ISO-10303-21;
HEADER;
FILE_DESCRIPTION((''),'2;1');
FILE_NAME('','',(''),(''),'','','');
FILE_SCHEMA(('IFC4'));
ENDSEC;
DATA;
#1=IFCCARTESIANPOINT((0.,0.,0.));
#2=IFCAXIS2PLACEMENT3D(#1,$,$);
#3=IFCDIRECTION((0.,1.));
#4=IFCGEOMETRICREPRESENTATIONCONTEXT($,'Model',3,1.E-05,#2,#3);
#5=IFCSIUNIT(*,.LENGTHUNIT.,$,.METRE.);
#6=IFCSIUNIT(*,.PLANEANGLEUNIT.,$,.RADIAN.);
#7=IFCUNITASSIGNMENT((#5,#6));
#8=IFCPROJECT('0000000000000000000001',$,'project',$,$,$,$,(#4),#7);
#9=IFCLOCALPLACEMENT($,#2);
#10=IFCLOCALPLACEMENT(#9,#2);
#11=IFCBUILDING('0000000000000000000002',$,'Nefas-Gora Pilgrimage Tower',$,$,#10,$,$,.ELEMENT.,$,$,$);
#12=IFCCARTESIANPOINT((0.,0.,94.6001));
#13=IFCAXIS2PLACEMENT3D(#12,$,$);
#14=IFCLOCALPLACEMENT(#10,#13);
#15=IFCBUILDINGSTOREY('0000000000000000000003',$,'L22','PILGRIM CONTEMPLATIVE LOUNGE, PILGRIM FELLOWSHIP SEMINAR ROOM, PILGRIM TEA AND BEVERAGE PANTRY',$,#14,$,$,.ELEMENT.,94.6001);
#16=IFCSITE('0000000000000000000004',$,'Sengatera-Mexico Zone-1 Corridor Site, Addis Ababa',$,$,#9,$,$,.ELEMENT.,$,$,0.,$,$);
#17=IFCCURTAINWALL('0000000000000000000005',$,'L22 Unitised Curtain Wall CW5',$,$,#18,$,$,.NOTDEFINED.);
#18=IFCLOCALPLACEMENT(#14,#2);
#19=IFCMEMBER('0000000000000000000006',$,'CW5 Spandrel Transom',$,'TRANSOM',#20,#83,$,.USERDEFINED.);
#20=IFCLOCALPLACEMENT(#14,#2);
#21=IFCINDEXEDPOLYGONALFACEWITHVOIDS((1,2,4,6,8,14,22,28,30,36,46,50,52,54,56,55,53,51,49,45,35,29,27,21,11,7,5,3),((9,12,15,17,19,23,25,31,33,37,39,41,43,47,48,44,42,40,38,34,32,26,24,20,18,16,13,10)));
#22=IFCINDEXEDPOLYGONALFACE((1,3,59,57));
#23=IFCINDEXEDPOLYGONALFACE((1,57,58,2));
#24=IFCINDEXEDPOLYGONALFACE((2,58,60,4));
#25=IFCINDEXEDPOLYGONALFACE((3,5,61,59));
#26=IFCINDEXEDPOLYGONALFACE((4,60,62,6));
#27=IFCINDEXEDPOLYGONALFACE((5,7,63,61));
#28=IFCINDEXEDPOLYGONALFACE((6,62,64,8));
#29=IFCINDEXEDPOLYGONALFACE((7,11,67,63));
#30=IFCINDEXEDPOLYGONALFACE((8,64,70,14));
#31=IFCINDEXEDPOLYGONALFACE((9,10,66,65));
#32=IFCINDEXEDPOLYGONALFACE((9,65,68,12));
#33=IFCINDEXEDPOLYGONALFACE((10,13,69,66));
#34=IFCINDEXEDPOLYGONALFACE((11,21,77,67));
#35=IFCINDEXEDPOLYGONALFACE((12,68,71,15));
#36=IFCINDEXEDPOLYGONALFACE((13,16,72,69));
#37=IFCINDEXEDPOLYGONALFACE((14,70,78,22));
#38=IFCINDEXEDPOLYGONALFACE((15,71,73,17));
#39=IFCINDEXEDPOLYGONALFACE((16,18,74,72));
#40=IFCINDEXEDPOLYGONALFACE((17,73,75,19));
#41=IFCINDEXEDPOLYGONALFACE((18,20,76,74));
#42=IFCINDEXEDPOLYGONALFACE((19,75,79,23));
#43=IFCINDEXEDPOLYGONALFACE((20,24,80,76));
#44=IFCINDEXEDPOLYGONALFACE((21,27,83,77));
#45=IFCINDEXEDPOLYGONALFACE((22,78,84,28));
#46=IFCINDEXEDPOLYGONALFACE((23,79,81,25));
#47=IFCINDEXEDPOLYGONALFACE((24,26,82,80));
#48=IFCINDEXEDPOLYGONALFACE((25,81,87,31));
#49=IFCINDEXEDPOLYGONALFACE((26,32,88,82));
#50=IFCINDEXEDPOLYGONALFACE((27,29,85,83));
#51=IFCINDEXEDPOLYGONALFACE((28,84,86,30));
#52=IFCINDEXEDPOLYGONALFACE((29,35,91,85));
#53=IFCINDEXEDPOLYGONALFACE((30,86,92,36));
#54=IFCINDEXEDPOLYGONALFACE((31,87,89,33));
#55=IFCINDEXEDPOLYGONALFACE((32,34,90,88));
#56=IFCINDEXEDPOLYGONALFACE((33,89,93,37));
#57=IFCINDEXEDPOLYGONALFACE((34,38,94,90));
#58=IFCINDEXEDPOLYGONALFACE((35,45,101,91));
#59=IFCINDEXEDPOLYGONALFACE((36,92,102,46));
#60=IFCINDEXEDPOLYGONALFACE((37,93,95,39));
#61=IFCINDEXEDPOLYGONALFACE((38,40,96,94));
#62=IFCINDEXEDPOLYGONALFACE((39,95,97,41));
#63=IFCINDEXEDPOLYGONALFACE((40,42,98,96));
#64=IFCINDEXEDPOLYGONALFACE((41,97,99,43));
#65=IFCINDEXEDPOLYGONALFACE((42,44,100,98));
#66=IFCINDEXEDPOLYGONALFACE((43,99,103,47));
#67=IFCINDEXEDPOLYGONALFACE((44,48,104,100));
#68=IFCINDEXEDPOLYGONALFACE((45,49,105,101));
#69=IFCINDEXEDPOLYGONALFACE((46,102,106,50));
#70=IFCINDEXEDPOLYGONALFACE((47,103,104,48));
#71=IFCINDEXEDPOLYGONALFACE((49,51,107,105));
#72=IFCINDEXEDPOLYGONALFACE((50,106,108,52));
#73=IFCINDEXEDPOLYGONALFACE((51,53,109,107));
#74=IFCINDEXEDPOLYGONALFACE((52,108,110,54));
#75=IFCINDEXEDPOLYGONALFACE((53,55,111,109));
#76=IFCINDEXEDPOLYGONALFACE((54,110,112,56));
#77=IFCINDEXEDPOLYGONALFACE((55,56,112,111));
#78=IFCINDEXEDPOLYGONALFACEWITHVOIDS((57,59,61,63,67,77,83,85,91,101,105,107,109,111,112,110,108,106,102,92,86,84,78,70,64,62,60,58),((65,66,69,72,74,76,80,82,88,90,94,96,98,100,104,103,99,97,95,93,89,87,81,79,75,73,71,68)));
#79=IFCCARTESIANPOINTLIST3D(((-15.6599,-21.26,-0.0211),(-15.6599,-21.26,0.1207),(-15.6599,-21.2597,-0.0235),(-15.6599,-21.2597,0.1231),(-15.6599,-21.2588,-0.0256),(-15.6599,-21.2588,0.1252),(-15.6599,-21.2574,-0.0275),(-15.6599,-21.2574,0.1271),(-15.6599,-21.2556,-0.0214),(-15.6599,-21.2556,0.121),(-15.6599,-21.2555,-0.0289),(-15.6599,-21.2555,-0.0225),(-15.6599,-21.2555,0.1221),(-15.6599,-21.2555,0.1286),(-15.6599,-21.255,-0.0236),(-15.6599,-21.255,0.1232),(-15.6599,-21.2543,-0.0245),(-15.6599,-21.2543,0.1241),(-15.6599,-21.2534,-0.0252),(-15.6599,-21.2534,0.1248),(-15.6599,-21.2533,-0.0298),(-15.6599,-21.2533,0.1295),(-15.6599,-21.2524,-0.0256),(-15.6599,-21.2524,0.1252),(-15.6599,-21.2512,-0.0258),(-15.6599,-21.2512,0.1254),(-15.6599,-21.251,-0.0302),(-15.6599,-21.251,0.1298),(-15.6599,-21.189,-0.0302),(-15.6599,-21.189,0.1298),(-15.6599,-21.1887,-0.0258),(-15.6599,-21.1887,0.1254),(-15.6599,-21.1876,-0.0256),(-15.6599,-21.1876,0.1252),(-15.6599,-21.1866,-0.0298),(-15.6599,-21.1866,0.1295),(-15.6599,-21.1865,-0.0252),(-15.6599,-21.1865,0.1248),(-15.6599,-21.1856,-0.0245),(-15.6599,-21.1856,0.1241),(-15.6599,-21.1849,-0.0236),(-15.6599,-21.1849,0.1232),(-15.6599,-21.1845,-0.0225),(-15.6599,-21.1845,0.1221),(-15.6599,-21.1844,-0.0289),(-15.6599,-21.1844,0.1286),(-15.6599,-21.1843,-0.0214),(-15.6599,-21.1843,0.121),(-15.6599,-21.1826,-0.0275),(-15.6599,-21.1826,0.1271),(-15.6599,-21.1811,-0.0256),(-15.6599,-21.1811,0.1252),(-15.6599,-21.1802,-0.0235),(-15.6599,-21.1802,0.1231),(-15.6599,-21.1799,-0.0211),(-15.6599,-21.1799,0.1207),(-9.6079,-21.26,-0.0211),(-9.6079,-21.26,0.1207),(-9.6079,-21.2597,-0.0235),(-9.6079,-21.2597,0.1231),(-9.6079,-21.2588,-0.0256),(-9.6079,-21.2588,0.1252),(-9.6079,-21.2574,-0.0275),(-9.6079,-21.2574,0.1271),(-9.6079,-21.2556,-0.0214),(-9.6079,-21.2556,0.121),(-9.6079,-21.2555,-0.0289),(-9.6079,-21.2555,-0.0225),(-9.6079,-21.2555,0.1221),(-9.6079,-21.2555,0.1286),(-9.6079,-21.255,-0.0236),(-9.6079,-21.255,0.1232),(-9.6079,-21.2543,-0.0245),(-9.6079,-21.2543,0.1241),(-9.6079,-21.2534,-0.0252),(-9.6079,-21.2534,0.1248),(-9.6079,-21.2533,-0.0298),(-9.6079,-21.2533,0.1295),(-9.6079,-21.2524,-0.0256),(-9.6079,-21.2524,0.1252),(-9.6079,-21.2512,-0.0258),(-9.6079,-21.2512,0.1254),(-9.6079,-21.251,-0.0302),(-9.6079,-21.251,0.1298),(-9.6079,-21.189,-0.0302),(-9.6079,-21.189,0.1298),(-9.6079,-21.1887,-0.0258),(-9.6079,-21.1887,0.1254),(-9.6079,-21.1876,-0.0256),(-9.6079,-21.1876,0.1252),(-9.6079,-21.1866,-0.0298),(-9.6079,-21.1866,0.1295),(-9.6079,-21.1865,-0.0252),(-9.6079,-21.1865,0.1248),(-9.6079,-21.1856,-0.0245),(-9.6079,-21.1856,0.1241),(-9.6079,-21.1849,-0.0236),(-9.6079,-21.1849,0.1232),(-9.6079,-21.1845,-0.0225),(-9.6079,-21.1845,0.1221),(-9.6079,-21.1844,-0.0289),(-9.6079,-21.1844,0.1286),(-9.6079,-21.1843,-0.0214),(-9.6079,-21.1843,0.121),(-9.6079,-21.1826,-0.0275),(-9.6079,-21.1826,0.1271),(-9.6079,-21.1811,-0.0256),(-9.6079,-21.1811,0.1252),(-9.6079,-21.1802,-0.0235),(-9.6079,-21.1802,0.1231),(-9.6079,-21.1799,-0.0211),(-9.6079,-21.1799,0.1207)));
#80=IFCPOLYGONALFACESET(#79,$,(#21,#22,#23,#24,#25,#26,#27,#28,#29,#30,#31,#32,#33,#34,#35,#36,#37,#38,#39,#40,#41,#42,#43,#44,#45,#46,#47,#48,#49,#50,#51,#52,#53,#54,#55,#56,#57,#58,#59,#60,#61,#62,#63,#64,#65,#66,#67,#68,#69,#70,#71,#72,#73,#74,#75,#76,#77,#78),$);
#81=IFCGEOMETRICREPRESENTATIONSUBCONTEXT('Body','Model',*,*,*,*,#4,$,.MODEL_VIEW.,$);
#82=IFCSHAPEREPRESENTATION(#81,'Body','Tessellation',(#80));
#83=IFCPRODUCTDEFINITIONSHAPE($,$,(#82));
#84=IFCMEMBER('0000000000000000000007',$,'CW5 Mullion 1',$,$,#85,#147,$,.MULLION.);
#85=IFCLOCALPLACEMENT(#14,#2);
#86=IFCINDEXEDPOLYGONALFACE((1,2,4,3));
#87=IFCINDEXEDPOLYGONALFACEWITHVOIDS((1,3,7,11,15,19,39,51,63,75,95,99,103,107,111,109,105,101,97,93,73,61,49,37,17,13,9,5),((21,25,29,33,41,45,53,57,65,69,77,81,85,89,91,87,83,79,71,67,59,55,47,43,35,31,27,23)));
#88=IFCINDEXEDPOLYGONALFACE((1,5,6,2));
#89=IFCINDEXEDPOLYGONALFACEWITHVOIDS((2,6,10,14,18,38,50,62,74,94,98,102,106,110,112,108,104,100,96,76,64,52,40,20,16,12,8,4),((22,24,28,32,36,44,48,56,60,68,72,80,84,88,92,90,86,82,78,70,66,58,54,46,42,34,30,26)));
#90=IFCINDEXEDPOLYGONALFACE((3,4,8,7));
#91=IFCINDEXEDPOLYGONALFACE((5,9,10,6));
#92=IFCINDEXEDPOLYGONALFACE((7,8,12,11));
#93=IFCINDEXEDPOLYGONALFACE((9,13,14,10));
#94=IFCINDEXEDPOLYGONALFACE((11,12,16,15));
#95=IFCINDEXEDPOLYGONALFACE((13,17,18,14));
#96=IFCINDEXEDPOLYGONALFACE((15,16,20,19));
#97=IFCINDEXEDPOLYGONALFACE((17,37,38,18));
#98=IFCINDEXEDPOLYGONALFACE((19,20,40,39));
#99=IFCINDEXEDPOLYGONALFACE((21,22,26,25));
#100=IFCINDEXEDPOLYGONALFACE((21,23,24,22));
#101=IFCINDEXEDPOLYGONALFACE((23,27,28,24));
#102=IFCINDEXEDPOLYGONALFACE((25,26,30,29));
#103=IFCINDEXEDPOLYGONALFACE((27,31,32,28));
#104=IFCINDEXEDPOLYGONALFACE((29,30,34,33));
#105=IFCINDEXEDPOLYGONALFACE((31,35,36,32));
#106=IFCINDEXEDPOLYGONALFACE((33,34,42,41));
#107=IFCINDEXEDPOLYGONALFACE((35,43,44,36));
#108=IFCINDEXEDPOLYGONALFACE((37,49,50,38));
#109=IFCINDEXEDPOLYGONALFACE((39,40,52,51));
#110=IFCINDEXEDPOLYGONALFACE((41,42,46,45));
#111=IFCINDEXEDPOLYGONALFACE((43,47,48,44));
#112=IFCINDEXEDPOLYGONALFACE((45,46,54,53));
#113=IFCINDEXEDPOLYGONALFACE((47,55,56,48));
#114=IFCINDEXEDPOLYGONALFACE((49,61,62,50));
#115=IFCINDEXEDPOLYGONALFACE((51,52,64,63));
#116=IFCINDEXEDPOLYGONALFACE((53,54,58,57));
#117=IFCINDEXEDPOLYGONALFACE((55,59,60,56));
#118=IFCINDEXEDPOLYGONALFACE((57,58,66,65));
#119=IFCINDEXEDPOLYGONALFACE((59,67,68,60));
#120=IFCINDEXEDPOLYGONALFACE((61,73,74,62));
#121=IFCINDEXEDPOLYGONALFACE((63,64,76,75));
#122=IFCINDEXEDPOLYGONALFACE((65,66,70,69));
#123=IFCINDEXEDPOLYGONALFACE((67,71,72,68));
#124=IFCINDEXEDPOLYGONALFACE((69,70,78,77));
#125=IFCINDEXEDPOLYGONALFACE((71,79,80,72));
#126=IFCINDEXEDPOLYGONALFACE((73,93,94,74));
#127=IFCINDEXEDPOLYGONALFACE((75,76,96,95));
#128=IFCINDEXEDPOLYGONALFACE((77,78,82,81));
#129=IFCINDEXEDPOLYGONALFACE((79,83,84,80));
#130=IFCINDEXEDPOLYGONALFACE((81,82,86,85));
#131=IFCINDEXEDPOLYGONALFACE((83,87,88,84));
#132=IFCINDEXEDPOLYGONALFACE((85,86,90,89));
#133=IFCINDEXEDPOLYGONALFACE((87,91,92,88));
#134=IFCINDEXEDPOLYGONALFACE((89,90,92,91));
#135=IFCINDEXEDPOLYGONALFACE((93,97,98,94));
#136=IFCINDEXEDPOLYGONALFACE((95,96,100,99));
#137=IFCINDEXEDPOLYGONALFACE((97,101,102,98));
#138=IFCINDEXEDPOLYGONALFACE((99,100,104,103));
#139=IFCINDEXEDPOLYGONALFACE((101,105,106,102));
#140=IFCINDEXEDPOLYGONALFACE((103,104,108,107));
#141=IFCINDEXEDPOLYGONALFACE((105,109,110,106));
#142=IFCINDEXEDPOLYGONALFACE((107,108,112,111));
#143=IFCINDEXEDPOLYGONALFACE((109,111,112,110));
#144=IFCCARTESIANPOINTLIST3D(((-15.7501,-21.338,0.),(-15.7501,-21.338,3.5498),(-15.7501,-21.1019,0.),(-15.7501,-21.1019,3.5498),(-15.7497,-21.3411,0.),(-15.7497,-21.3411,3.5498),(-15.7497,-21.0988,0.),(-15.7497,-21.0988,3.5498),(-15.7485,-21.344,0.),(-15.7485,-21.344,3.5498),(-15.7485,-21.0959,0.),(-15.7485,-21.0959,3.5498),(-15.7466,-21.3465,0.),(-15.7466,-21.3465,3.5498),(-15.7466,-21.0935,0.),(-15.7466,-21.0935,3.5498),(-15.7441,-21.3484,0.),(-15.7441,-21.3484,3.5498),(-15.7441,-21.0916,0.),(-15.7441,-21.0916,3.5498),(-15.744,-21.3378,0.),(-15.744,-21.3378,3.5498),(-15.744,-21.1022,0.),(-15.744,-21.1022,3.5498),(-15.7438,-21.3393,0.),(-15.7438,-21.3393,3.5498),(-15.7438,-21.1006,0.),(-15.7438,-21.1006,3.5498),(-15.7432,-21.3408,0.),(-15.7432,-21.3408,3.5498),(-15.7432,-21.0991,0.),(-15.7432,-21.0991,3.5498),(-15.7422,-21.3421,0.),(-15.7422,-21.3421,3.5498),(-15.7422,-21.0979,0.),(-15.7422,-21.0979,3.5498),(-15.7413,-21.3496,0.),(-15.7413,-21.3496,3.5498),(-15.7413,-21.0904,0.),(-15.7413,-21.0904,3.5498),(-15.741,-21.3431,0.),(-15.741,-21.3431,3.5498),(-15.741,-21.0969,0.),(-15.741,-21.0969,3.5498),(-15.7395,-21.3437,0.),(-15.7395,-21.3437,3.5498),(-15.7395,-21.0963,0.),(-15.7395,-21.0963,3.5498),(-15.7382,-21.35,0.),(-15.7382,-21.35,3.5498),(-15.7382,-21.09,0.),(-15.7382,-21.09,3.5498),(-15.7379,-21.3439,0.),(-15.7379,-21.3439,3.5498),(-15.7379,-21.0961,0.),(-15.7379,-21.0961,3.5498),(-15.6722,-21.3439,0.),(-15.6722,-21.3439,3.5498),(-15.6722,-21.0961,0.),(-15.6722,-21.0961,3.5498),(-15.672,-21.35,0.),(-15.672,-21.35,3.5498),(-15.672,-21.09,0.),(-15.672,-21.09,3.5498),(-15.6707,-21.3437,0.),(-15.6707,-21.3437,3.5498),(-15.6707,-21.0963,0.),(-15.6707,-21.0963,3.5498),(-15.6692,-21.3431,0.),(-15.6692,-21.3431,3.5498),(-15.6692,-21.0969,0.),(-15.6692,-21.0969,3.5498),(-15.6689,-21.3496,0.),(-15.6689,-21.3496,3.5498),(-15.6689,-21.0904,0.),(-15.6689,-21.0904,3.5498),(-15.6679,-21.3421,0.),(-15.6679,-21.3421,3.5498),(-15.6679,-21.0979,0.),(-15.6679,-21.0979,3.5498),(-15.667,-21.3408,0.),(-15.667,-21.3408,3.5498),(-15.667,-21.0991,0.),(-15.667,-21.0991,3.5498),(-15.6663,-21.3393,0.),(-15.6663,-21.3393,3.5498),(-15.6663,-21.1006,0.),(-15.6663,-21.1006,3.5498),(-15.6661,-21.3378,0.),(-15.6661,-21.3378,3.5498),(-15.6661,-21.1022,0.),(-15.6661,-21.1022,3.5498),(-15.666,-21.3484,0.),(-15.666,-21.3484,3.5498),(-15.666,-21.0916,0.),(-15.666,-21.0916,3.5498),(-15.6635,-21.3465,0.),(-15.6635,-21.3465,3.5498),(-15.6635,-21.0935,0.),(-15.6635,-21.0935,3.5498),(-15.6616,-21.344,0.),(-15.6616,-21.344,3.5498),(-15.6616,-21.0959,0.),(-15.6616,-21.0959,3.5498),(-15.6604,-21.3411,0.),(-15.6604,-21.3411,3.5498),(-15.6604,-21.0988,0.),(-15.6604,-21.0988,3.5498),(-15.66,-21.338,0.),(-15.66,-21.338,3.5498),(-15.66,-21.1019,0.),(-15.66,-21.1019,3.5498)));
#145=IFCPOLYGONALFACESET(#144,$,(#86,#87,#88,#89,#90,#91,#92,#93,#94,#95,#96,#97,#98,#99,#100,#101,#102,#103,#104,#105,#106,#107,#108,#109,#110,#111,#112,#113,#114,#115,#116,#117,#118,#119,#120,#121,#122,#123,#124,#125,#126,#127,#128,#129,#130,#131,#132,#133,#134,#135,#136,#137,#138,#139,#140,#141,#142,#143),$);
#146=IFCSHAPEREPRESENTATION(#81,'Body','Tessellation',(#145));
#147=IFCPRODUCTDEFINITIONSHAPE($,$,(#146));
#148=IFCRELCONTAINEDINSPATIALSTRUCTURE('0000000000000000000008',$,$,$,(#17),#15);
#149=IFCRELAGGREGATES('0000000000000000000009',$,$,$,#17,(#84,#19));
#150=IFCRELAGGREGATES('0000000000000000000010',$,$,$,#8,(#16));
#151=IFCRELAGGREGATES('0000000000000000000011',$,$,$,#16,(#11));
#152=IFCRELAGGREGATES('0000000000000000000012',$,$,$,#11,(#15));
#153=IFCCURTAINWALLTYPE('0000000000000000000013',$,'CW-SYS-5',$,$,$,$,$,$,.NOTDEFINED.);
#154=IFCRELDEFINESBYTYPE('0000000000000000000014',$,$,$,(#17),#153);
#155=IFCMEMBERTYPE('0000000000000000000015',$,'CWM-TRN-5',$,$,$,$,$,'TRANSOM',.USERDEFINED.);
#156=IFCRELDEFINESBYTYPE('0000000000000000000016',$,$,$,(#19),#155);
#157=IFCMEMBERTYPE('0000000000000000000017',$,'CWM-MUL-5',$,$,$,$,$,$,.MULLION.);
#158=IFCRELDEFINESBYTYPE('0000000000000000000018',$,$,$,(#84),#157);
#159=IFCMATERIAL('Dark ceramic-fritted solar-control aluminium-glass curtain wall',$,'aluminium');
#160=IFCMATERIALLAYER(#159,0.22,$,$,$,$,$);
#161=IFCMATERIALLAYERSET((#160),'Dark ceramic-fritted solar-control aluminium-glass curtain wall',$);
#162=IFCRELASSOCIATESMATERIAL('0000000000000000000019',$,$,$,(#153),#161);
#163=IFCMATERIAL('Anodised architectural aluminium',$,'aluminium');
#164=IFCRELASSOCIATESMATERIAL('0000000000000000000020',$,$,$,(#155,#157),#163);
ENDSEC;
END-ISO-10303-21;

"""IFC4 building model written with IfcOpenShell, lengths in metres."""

from ifc_helpers import new_model, si_unit, direction, frame, origin, origin_2d, place, context, subcontext, project, spatial, hollow_rectangle, extrude, source, transform, mapped, material, layer, layer_set, material_profile, profile_set, type_object, element, aggregate, save


model = new_model("IFC4")

# Units and contexts
model_context = context("Model", 3, precision=1e-05, world=origin(), true_north=direction((0.0, 1.0)))
body_context = subcontext(model_context, "Body", "Model", "MODEL_VIEW")
ifc_project = project(units=[si_unit("LENGTHUNIT", "METRE"), si_unit("PLANEANGLEUNIT", "RADIAN")], contexts=[model_context])

# Site, building, storey
site_placement = place(None, origin())
site = spatial("IfcSite", under=ifc_project, at=site_placement, Name="Sengatera-Mexico Zone-1 Corridor Site, Addis Ababa", CompositionType="ELEMENT", RefElevation=0.0)
building_placement = place(site_placement, origin())
building = spatial("IfcBuilding", under=site, at=building_placement, Name="Nefas-Gora Pilgrimage Tower", CompositionType="ELEMENT")
storey_placement = place(building_placement, frame((0.0, 0.0, 94.6001)))
storey = spatial("IfcBuildingStorey", under=building, at=storey_placement, Name="L22", Description="PILGRIM CONTEMPLATIVE LOUNGE, PILGRIM FELLOWSHIP SEMINAR ROOM, PILGRIM TEA AND BEVERAGE PANTRY", CompositionType="ELEMENT", Elevation=94.6001)

# Curtain wall, members
ifc_material_1 = material(Name="Dark ceramic-fritted solar-control aluminium-glass curtain wall", Category="aluminium")
ifc_layer_1 = layer(ifc_material_1, 0.22)
ifc_layer_set_1 = layer_set([ifc_layer_1], Name="Dark ceramic-fritted solar-control aluminium-glass curtain wall")
curtain_wall_type_1 = type_object("IfcCurtainWallType", Name="CW-SYS-5", PredefinedType="NOTDEFINED", material=ifc_layer_set_1)
curtain_wall_1_placement = place(storey_placement, origin())
curtain_wall_1 = element("IfcCurtainWall", 1, at=curtain_wall_1_placement, inside=storey, type_object=curtain_wall_type_1, Name="L22 Unitised Curtain Wall CW5", PredefinedType="NOTDEFINED")
ifc_material_2 = material(Name="Anodised architectural aluminium", Category="aluminium")
ifc_material_profile_1 = material_profile(ifc_material_2, hollow_rectangle(XDim=0.0801, YDim=0.1599, WallThickness=0.0044, InnerFilletRadius=0.0044, OuterFilletRadius=0.009, at=origin_2d()), Name="ALU TRANSOM 80x160")
ifc_profile_set_1 = profile_set([ifc_material_profile_1], Name="Anodised architectural aluminium")
member_type_1 = type_object("IfcMemberType", Name="CWM-TRN-5", ElementType="TRANSOM", PredefinedType="USERDEFINED", material=ifc_profile_set_1)
shared_shape_1 = source(origin(), body_context, "Body", "SweptSolid", [
    extrude(hollow_rectangle(XDim=0.0801, YDim=0.1599, WallThickness=0.0044, InnerFilletRadius=0.0044, OuterFilletRadius=0.009, at=origin_2d()), origin(), (0.0, 0.0, 1.0), 6.052),
])
member_1_placement = place(storey_placement, frame((-15.6599, -21.22, 0.0498), z_axis=(1.0, 0.0, 0.0), x_axis=(0.0, 1.0, 0.0)))
member_1 = element("IfcMember", 2, at=member_1_placement, type_object=member_type_1, Name="CW5 Spandrel Transom", ObjectType="TRANSOM", PredefinedType="USERDEFINED", context=body_context, shape_type="MappedRepresentation", body=[
    mapped(shared_shape_1, transform((0.0, 0.0, 0.0), x_axis=(1.0, 0.0, 0.0), y_axis=(0.0, 1.0, 0.0), z_axis=(0.0, 0.0, 1.0), scale=1.0)),
])
ifc_material_profile_2 = material_profile(ifc_material_2, hollow_rectangle(XDim=0.0901, YDim=0.26, WallThickness=0.0061, InnerFilletRadius=0.0061, OuterFilletRadius=0.012, at=origin_2d()), Name="ALU MULLION 90x260")
ifc_profile_set_2 = profile_set([ifc_material_profile_2], Name="Anodised architectural aluminium")
member_type_2 = type_object("IfcMemberType", Name="CWM-MUL-5", PredefinedType="MULLION", material=ifc_profile_set_2)
shared_shape_2 = source(origin(), body_context, "Body", "SweptSolid", [
    extrude(hollow_rectangle(XDim=0.0901, YDim=0.26, WallThickness=0.0061, InnerFilletRadius=0.0061, OuterFilletRadius=0.012, at=origin_2d()), origin(), (0.0, 0.0, 1.0), 3.5498),
])
member_2_placement = place(storey_placement, frame((-15.7051, -21.22, 0.0), z_axis=(0.0, 0.0, 1.0), x_axis=(1.0, 0.0, 0.0)))
member_2 = element("IfcMember", 3, at=member_2_placement, type_object=member_type_2, Name="CW5 Mullion 1", PredefinedType="MULLION", context=body_context, shape_type="MappedRepresentation", body=[
    mapped(shared_shape_2, transform((0.0, 0.0, 0.0), x_axis=(1.0, 0.0, 0.0), y_axis=(0.0, 1.0, 0.0), z_axis=(0.0, 0.0, 1.0), scale=1.0)),
])

aggregate(curtain_wall_1, [member_2, member_1])

save(model, "model.ifc")
